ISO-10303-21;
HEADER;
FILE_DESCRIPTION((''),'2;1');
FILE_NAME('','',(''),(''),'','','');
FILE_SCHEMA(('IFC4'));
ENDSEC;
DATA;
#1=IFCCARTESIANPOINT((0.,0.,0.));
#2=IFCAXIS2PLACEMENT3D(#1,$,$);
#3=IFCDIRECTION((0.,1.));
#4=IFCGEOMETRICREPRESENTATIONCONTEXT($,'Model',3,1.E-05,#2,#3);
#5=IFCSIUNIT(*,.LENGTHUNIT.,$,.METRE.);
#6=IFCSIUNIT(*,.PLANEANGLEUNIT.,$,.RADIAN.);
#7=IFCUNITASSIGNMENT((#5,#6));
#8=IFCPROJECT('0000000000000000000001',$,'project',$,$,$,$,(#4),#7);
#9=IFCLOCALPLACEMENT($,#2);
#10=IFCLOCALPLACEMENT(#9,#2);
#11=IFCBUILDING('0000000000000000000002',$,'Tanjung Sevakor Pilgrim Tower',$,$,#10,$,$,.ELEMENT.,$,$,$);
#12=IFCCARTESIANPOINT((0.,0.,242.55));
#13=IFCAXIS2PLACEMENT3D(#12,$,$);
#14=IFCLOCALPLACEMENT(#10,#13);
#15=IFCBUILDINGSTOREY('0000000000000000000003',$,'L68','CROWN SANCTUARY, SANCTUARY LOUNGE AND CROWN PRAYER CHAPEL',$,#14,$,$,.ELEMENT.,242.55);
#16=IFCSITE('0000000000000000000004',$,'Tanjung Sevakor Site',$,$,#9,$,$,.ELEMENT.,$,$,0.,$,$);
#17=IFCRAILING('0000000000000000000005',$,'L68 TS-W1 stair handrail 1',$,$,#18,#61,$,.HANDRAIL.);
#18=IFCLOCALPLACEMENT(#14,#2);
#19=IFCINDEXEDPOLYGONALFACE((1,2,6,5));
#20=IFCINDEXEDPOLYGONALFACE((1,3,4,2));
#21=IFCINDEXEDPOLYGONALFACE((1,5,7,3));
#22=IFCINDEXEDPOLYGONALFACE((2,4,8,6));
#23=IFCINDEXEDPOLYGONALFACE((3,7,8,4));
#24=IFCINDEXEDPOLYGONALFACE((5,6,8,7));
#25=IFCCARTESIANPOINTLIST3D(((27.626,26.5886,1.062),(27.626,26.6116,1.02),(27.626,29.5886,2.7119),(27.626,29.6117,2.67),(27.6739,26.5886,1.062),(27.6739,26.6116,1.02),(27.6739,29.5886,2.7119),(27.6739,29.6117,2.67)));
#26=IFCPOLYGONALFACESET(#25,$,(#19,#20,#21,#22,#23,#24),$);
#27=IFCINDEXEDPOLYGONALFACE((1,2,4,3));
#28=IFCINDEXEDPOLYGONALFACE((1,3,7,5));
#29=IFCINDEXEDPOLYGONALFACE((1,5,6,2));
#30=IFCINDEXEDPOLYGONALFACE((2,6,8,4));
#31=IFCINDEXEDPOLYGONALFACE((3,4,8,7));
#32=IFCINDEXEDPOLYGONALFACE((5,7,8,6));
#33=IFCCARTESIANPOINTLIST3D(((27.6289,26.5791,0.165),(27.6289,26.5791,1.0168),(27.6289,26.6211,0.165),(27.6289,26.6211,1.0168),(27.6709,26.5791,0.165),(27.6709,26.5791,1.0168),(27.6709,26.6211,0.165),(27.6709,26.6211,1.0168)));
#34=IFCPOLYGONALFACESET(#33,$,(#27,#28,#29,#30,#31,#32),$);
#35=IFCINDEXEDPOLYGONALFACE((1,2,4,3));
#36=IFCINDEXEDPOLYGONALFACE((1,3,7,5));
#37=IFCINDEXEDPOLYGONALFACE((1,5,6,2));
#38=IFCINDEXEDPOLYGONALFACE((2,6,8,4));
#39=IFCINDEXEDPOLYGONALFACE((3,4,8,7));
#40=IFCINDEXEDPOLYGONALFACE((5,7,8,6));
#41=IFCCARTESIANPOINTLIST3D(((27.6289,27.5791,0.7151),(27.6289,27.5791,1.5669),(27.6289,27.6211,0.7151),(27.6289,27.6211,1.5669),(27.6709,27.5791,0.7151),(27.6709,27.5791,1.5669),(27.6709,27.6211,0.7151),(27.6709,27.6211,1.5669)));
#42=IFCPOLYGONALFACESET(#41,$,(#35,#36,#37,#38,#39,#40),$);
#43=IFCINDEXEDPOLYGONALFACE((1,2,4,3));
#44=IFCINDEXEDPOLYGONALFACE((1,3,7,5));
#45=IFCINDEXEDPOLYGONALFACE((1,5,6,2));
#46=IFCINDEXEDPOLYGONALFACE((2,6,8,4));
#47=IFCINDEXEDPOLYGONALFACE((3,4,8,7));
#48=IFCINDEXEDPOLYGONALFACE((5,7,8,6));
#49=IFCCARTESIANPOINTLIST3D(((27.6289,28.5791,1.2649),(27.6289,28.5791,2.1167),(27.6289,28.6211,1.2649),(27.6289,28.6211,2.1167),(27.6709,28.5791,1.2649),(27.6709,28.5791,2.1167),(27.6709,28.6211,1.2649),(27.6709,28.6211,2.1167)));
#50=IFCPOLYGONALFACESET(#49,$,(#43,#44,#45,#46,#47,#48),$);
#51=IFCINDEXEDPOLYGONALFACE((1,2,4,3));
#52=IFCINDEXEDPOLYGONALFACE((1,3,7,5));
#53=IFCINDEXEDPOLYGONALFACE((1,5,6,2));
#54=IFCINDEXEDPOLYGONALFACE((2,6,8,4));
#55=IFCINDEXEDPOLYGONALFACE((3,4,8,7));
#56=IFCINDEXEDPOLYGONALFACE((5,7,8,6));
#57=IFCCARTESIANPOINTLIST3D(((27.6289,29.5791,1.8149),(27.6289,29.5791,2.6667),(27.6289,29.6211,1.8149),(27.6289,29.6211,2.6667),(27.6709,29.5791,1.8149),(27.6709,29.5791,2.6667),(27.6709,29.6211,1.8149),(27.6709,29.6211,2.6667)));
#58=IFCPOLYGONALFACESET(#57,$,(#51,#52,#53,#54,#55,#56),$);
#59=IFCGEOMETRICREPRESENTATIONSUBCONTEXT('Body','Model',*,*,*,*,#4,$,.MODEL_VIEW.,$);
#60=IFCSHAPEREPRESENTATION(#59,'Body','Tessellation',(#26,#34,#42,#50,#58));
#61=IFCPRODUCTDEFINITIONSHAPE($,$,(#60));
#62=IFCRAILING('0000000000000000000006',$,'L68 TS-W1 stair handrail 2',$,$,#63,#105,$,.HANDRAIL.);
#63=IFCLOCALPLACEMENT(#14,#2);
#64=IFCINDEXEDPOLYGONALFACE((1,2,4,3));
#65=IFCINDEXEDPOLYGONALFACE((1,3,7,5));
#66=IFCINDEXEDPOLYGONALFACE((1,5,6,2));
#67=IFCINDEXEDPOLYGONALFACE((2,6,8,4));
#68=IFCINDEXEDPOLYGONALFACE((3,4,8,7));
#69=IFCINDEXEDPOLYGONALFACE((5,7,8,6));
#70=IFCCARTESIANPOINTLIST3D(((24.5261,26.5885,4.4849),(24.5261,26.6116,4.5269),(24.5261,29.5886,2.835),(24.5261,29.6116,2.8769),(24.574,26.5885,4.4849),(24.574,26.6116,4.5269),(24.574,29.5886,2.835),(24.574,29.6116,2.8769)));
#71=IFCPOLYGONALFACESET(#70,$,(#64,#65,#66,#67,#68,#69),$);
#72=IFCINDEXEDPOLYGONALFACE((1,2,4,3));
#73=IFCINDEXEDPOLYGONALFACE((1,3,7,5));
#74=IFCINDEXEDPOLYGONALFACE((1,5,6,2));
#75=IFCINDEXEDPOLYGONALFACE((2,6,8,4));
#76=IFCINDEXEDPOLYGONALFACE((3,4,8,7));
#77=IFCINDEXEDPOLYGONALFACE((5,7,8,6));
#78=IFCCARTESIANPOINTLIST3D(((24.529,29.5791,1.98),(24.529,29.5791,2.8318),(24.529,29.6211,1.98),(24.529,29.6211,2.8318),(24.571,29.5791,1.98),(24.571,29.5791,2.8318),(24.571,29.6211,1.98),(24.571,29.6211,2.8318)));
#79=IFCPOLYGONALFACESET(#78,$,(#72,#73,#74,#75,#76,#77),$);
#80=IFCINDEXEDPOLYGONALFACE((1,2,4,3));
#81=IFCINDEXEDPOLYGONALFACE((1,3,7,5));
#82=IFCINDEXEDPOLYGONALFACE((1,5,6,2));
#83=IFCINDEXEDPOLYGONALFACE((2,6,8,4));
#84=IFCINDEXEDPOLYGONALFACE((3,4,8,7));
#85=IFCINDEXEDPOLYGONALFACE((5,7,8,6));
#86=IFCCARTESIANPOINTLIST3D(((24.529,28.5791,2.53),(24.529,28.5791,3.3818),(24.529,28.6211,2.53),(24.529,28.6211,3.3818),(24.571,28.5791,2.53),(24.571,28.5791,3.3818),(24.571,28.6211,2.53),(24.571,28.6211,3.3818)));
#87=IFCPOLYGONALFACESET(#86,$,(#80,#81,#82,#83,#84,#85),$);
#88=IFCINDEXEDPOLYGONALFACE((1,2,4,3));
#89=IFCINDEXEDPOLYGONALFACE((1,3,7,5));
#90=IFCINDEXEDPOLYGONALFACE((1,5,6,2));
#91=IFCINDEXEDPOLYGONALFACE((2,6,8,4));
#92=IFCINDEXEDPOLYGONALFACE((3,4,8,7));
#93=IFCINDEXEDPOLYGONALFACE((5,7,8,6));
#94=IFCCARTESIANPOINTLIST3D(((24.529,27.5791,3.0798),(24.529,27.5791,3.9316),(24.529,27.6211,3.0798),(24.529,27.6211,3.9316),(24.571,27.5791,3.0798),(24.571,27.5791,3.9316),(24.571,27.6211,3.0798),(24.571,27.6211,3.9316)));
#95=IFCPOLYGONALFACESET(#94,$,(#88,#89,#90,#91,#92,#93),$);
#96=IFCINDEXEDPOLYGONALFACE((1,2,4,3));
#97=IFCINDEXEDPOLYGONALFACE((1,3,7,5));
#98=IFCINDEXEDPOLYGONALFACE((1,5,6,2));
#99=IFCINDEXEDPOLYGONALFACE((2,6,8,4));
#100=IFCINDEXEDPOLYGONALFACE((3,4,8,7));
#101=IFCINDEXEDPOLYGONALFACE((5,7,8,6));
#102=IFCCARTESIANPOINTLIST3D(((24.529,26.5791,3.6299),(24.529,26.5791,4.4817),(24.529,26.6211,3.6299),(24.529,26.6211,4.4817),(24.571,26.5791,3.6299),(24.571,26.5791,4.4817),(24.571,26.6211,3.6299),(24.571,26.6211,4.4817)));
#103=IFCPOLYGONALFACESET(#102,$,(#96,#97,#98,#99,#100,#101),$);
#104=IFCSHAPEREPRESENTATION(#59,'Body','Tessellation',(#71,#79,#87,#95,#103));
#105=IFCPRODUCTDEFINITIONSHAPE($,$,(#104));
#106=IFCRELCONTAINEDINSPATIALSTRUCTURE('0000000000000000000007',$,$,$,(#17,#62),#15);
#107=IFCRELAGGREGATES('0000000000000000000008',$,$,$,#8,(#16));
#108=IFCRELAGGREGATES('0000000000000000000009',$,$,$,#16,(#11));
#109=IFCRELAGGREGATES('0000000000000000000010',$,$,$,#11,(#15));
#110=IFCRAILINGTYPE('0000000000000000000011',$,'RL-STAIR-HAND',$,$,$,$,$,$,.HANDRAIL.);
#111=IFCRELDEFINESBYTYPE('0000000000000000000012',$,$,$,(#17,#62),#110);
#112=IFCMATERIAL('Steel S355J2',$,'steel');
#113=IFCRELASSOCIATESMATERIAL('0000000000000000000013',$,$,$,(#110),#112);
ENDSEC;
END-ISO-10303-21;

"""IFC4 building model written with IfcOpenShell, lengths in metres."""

from ifc_helpers import new_model, si_unit, direction, frame, origin, place, context, subcontext, project, spatial, rectangle, extrude, material, type_object, element, save


model = new_model("IFC4")

# Units and contexts
model_context = context("Model", 3, precision=1e-05, world=origin(), true_north=direction((0.0, 1.0)))
body_context = subcontext(model_context, "Body", "Model", "MODEL_VIEW")
ifc_project = project(units=[si_unit("LENGTHUNIT", "METRE"), si_unit("PLANEANGLEUNIT", "RADIAN")], contexts=[model_context])

# Site, building, storey
site_placement = place(None, origin())
site = spatial("IfcSite", under=ifc_project, at=site_placement, Name="Tanjung Sevakor Site", CompositionType="ELEMENT", RefElevation=0.0)
building_placement = place(site_placement, origin())
building = spatial("IfcBuilding", under=site, at=building_placement, Name="Tanjung Sevakor Pilgrim Tower", CompositionType="ELEMENT")
storey_placement = place(building_placement, frame((0.0, 0.0, 242.55)))
storey = spatial("IfcBuildingStorey", under=building, at=storey_placement, Name="L68", Description="CROWN SANCTUARY, SANCTUARY LOUNGE AND CROWN PRAYER CHAPEL", CompositionType="ELEMENT", Elevation=242.55)

# Railings
ifc_material_1 = material(Name="Steel S355J2", Category="steel")
railing_type_1 = type_object("IfcRailingType", Name="RL-STAIR-HAND", PredefinedType="HANDRAIL", material=ifc_material_1)
railing_1_placement = place(storey_placement, frame((27.6499, 26.6001, 0.165)))
element("IfcRailing", 1, at=railing_1_placement, inside=storey, type_object=railing_type_1, Name="L68 TS-W1 stair handrail 1", PredefinedType="HANDRAIL", context=body_context, shape_type="SweptSolid", body=[
    extrude(rectangle(XDim=0.0479, YDim=0.0479), frame((0.0, 0.0, 0.876), z_axis=(0.0, 0.876228, 0.481897), x_axis=(-1.0, 0.0, 0.0)), (0.0, 0.0, 1.0), 3.4238),
    extrude(rectangle(XDim=0.042, YDim=0.042), origin(), (0.0, 0.0, 1.0), 0.8518),
    extrude(rectangle(XDim=0.042, YDim=0.042), frame((0.0, 1.0, 0.55)), (0.0, 0.0, 1.0), 0.8518),
    extrude(rectangle(XDim=0.042, YDim=0.042), frame((0.0, 2.0, 1.0999)), (0.0, 0.0, 1.0), 0.8518),
    extrude(rectangle(XDim=0.042, YDim=0.042), frame((0.0, 3.0, 1.6499)), (0.0, 0.0, 1.0), 0.8518),
])
railing_2_placement = place(storey_placement, frame((24.55, 29.6001, 1.98)))
element("IfcRailing", 2, at=railing_2_placement, inside=storey, type_object=railing_type_1, Name="L68 TS-W1 stair handrail 2", PredefinedType="HANDRAIL", context=body_context, shape_type="SweptSolid", body=[
    extrude(rectangle(XDim=0.0479, YDim=0.0479), frame((0.0, 0.0, 0.876), z_axis=(0.0, -0.876228, 0.481897), x_axis=(1.0, 0.0, 0.0)), (0.0, 0.0, 1.0), 3.4238),
    extrude(rectangle(XDim=0.042, YDim=0.042), origin(), (0.0, 0.0, 1.0), 0.8518),
    extrude(rectangle(XDim=0.042, YDim=0.042), frame((0.0, -1.0, 0.55)), (0.0, 0.0, 1.0), 0.8518),
    extrude(rectangle(XDim=0.042, YDim=0.042), frame((0.0, -2.0, 1.0999)), (0.0, 0.0, 1.0), 0.8518),
    extrude(rectangle(XDim=0.042, YDim=0.042), frame((0.0, -3.0, 1.6499)), (0.0, 0.0, 1.0), 0.8518),
])

save(model, "model.ifc")
